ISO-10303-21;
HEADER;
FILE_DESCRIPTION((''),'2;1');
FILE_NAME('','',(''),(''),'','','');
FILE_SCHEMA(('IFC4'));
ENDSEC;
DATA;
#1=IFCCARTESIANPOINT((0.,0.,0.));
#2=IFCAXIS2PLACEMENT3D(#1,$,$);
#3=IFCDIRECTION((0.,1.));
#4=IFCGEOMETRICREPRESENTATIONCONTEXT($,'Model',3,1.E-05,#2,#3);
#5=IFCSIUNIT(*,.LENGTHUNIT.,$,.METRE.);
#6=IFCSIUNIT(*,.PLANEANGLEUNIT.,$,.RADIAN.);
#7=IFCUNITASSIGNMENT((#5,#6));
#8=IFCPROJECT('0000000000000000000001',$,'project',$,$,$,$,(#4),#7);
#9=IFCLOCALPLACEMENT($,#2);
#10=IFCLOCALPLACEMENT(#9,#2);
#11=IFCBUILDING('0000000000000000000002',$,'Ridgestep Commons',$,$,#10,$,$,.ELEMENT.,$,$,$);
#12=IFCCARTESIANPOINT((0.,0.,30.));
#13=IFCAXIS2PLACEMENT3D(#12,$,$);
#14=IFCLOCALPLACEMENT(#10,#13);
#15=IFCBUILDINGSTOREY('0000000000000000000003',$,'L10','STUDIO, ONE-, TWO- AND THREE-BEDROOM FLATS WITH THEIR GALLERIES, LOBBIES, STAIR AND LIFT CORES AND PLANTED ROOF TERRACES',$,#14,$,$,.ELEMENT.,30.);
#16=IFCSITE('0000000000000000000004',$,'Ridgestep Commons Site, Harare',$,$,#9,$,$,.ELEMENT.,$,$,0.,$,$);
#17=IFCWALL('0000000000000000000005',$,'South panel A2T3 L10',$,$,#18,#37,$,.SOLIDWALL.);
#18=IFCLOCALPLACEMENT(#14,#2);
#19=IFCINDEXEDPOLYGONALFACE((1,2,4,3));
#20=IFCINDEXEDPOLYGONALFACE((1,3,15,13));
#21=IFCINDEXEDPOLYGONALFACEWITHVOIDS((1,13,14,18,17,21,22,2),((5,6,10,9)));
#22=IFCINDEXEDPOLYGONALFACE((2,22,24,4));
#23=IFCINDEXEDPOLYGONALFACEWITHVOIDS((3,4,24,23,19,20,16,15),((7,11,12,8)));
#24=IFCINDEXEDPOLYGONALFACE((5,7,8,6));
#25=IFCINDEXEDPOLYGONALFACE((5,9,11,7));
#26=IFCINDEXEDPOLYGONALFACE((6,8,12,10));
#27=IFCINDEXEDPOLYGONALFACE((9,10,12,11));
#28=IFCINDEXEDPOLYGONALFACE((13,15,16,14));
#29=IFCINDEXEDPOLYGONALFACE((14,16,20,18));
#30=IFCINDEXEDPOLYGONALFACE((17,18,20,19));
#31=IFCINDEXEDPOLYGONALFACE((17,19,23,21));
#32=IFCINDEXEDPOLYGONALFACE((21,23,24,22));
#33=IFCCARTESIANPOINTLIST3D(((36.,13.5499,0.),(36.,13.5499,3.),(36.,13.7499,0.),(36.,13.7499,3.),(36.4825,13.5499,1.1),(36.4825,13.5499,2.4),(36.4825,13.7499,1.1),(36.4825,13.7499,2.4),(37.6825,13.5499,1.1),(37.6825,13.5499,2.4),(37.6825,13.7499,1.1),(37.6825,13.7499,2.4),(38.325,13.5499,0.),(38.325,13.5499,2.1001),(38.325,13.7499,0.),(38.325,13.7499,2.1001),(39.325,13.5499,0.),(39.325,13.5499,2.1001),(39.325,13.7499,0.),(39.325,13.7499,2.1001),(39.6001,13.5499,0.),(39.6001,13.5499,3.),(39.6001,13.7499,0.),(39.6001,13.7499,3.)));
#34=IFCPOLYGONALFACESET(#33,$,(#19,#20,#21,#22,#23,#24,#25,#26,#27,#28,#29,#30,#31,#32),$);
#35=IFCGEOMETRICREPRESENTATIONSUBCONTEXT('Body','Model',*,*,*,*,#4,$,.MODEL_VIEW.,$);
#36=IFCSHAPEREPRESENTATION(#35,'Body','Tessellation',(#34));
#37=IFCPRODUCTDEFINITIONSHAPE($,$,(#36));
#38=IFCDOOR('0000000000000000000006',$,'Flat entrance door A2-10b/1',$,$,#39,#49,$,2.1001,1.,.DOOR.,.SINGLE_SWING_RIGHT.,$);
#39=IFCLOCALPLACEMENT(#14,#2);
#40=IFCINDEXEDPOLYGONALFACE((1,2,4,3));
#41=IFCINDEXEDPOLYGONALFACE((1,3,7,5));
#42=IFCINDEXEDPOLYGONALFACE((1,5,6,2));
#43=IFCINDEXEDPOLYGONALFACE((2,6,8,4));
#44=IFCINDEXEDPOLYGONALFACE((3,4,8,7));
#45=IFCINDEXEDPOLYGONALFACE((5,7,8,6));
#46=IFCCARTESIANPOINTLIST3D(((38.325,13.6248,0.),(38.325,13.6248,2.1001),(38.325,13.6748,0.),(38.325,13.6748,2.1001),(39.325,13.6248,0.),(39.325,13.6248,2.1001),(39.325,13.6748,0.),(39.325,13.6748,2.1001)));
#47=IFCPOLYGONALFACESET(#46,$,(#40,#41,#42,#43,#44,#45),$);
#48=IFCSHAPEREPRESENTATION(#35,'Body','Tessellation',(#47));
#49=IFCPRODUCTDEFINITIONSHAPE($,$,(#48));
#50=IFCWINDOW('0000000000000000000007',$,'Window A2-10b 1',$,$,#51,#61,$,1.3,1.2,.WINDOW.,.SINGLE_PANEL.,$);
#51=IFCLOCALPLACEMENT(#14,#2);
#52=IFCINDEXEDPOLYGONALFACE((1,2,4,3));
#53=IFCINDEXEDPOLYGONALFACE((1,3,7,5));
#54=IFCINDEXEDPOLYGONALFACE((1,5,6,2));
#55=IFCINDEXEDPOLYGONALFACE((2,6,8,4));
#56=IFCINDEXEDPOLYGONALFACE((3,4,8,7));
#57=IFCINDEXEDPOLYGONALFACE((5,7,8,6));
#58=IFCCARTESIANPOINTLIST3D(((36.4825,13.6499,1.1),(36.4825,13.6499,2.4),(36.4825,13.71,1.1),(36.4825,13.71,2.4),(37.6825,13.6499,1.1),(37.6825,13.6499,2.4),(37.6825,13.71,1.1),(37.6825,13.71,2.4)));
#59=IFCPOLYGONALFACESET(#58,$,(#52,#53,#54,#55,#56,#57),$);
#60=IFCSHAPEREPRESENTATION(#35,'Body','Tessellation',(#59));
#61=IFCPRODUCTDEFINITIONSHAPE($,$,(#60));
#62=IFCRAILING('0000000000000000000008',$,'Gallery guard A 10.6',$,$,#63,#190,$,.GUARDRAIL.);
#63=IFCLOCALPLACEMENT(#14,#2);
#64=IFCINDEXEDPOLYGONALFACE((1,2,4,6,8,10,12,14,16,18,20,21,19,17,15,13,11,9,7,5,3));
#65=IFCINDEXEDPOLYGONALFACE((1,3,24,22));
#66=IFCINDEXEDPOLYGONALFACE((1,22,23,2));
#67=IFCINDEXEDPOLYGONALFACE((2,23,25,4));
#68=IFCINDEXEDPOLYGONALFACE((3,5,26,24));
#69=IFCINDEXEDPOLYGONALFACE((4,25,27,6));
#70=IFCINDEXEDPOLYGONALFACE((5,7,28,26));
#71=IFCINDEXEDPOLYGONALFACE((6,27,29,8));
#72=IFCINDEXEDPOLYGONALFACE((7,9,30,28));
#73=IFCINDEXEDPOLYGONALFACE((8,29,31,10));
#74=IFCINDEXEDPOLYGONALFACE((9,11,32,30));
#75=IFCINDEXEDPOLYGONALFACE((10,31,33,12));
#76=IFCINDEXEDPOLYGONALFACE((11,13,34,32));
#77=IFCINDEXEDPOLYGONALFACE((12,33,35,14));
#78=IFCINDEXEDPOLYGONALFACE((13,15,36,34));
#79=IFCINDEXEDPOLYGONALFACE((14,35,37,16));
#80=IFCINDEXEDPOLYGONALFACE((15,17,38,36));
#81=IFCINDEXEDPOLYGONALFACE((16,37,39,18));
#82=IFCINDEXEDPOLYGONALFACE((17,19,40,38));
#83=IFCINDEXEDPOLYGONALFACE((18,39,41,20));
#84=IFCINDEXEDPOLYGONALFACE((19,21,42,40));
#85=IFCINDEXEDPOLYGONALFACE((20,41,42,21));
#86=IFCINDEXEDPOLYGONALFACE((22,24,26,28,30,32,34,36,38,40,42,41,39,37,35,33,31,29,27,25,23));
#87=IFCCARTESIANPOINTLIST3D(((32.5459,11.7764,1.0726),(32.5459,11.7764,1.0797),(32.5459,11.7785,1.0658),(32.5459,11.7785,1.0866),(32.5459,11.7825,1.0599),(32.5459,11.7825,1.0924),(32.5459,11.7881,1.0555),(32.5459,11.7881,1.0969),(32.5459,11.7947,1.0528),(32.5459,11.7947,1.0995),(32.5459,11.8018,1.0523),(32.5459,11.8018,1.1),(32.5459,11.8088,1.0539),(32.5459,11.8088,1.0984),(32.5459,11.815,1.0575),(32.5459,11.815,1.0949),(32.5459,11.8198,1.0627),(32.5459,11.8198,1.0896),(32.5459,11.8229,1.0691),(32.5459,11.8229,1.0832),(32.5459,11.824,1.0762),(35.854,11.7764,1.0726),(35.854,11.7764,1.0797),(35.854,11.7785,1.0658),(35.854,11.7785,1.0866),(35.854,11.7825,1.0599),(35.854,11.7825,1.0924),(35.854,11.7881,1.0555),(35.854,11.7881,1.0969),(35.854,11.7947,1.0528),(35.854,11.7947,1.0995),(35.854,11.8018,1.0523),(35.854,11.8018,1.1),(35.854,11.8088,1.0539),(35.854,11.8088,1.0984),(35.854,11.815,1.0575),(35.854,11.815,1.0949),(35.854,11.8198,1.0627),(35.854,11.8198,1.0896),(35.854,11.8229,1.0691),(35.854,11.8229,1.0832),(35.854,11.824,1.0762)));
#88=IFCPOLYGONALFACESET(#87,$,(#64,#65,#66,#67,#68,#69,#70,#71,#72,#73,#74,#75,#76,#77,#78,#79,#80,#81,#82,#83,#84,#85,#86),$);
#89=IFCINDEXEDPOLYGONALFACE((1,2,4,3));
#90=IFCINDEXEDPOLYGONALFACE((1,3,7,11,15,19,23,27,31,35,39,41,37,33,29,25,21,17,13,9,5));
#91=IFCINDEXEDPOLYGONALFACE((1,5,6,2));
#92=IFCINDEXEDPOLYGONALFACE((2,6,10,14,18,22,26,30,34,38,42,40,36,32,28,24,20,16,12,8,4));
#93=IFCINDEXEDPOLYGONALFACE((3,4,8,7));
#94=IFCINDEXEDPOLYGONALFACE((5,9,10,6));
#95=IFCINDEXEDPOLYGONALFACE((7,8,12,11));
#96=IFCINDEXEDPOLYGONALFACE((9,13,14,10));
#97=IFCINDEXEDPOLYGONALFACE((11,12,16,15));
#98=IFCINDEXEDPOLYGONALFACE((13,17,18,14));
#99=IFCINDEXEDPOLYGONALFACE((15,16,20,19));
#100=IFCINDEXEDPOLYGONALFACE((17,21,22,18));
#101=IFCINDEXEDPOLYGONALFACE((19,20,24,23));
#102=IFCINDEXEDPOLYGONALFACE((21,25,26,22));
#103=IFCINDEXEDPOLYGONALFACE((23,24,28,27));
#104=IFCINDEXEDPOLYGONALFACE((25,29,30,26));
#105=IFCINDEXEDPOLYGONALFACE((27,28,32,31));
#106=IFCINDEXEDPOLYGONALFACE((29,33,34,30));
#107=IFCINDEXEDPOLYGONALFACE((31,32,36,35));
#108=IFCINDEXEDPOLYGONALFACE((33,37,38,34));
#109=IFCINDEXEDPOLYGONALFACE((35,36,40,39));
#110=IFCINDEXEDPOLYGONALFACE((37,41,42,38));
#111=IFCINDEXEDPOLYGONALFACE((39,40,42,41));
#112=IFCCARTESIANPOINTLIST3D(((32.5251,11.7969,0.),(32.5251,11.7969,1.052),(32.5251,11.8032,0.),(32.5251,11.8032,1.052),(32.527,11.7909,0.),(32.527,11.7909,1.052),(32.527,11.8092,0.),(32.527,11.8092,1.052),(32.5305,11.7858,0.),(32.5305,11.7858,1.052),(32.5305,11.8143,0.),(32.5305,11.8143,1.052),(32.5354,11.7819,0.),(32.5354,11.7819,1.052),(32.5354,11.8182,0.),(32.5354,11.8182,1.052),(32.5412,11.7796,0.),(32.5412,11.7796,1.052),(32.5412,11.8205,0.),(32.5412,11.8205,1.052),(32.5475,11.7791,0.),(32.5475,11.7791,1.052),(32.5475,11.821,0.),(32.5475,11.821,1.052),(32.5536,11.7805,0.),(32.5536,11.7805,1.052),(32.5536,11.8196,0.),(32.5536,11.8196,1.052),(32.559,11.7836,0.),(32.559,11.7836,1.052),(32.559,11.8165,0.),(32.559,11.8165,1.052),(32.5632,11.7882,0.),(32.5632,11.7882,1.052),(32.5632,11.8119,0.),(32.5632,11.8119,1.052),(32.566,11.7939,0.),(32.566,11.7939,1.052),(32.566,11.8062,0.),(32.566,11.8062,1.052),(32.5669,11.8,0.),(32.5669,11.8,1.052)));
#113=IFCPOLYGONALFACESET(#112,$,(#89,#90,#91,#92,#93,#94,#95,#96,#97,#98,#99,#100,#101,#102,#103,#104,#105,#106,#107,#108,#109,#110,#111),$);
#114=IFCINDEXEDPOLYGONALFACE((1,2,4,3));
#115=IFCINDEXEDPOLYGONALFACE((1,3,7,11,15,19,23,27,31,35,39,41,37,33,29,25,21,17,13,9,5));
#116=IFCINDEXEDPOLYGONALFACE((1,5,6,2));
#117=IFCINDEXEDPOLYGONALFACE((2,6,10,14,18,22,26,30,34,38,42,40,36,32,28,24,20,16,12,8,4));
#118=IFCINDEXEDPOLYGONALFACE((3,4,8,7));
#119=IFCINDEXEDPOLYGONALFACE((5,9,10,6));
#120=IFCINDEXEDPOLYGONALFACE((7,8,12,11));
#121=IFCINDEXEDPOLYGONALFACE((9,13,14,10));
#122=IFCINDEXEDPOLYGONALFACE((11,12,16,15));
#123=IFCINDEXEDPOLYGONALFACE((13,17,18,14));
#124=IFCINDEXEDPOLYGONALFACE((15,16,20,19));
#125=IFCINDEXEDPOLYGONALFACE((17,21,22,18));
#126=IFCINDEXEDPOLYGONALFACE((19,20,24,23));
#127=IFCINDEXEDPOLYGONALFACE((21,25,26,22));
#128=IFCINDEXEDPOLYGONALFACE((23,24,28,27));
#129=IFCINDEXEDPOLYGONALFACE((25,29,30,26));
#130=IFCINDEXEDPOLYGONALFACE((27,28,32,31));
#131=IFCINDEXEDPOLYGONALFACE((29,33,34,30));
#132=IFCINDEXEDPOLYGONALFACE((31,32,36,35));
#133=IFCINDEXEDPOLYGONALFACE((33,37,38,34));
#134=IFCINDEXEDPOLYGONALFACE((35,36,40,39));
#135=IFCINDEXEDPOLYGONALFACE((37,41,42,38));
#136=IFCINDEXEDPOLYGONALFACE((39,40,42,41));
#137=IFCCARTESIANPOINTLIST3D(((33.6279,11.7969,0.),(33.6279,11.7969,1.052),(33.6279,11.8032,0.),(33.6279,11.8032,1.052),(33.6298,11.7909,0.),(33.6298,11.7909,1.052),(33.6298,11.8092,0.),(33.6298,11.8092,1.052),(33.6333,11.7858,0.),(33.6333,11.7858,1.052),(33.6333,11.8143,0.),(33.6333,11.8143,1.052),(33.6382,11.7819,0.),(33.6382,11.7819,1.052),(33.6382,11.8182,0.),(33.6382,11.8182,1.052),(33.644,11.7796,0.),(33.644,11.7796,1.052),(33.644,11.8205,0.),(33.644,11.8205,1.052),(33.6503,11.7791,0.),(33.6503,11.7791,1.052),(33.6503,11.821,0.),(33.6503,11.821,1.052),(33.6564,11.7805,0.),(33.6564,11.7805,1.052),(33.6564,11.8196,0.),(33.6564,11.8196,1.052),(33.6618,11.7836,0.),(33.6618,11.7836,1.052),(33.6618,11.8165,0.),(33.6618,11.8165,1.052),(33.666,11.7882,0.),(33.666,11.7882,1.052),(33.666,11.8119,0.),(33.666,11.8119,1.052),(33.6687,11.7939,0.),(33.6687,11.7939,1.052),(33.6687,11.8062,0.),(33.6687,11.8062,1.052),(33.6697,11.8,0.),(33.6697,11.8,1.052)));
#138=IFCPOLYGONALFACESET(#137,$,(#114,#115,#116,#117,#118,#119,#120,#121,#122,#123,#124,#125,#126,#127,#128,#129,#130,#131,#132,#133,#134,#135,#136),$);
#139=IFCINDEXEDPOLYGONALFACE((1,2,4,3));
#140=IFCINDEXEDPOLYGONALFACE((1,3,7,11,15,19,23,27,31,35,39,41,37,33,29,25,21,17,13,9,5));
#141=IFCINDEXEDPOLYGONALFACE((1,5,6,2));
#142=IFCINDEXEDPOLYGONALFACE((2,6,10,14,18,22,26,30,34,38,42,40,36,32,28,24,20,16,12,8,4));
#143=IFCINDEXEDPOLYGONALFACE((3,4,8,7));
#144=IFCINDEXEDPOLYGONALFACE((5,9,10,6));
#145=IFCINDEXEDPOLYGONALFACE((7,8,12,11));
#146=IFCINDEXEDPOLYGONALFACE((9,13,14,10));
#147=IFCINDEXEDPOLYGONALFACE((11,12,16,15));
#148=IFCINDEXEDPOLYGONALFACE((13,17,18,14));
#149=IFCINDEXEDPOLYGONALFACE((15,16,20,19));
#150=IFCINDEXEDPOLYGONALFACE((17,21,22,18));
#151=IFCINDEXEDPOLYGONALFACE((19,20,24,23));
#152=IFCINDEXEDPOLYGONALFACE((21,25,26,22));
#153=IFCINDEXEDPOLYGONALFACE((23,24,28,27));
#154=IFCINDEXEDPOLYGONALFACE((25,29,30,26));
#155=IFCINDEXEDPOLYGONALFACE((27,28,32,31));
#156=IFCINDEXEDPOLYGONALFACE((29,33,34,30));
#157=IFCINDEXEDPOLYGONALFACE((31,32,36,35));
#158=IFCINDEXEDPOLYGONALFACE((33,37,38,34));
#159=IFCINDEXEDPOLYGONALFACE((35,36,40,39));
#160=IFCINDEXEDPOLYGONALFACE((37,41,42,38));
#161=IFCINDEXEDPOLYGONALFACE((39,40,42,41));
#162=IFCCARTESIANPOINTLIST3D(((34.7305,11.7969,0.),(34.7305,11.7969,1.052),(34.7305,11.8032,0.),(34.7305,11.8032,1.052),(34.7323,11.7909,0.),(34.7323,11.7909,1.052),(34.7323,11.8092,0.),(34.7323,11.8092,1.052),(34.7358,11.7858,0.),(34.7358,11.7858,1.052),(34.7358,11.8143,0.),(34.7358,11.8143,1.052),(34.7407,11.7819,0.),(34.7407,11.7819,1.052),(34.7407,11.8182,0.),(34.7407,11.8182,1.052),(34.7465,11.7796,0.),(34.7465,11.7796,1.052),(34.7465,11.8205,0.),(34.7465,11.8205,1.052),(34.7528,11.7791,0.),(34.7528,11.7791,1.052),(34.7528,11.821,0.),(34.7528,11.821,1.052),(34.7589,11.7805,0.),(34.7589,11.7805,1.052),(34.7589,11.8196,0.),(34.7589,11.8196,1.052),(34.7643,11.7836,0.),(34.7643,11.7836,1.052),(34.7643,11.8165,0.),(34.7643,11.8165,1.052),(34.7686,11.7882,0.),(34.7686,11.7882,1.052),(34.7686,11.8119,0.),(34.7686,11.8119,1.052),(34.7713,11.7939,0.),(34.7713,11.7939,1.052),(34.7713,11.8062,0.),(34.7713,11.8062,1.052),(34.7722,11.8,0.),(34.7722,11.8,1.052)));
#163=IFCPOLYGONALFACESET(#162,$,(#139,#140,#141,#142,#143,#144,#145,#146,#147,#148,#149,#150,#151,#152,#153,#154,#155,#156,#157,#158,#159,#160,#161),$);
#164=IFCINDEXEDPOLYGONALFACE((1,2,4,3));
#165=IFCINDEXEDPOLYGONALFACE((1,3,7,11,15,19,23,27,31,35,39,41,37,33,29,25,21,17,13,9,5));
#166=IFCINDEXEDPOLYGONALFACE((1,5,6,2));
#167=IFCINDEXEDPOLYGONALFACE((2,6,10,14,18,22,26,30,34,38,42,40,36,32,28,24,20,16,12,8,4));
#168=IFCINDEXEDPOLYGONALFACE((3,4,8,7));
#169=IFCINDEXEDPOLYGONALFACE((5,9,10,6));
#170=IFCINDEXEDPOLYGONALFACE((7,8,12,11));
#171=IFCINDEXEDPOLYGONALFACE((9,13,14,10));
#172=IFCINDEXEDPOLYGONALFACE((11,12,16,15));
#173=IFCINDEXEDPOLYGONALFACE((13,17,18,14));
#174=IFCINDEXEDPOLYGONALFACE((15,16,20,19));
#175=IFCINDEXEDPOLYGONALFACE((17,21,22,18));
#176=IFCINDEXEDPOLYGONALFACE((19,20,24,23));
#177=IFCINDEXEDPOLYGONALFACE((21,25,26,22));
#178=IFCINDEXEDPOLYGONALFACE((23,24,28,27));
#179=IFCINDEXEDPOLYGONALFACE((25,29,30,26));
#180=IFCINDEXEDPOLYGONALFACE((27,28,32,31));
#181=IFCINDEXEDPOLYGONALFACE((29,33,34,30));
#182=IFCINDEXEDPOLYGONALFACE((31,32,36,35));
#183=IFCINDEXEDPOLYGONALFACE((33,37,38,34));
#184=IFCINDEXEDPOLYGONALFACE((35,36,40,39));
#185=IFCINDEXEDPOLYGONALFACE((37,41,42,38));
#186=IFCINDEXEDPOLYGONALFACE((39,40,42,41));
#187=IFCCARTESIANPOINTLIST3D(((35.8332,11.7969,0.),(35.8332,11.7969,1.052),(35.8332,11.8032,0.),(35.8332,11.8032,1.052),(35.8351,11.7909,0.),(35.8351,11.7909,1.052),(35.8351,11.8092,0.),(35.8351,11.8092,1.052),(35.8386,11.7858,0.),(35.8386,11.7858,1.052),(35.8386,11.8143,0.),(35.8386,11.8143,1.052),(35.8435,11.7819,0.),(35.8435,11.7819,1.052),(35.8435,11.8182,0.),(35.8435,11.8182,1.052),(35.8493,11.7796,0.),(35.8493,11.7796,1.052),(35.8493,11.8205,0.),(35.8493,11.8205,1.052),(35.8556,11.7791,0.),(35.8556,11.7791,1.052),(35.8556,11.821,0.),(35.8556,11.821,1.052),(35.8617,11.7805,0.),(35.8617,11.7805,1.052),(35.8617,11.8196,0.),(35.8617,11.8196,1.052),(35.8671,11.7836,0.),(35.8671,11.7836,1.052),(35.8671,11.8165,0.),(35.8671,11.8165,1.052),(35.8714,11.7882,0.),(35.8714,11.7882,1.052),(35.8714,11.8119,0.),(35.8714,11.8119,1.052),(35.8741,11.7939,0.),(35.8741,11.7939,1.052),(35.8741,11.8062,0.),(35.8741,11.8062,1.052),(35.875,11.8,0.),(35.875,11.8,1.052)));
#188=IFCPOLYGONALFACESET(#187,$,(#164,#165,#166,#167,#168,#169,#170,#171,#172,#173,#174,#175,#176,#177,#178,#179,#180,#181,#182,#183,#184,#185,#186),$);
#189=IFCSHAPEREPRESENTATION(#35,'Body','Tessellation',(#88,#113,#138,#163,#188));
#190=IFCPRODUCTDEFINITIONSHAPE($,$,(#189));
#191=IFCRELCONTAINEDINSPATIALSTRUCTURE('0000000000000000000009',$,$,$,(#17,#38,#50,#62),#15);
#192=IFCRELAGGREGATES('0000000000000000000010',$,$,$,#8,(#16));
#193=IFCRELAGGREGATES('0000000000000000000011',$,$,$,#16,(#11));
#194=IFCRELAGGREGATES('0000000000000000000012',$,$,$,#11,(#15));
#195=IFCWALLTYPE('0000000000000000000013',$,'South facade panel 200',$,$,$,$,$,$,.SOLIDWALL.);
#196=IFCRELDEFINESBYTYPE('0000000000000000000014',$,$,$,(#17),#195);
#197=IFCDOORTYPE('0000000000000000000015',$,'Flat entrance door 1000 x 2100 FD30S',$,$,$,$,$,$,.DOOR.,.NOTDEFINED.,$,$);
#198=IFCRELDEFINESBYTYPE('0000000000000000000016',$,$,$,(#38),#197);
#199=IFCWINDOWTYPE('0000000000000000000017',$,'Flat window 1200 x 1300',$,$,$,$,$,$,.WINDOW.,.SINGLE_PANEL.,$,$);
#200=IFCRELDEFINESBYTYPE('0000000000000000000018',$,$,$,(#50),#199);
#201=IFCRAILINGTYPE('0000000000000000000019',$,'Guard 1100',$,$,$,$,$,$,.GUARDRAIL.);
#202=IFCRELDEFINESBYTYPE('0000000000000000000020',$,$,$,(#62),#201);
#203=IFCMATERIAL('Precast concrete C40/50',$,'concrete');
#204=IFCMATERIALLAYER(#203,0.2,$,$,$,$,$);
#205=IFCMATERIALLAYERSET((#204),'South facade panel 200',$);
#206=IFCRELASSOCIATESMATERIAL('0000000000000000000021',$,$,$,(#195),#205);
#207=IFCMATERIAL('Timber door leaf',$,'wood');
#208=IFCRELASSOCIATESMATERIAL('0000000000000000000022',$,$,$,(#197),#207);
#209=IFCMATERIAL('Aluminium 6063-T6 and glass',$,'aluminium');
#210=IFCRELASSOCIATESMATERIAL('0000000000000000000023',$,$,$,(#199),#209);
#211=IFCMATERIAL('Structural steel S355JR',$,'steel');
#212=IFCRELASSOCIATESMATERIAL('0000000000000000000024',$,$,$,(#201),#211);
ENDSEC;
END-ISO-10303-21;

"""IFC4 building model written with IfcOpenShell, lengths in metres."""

from ifc_helpers import new_model, si_unit, direction, frame, frame_2d, origin, origin_2d, place, context, subcontext, project, spatial, rectangle, circle, extrude, material, layer, layer_set, type_object, element, fill, save


model = new_model("IFC4")

# Units and contexts
model_context = context("Model", 3, precision=1e-05, world=origin(), true_north=direction((0.0, 1.0)))
body_context = subcontext(model_context, "Body", "Model", "MODEL_VIEW")
ifc_project = project(units=[si_unit("LENGTHUNIT", "METRE"), si_unit("PLANEANGLEUNIT", "RADIAN")], contexts=[model_context])

# Site, building, storey
site_placement = place(None, origin())
site = spatial("IfcSite", under=ifc_project, at=site_placement, Name="Ridgestep Commons Site, Harare", CompositionType="ELEMENT", RefElevation=0.0)
building_placement = place(site_placement, origin())
building = spatial("IfcBuilding", under=site, at=building_placement, Name="Ridgestep Commons", CompositionType="ELEMENT")
storey_placement = place(building_placement, frame((0.0, 0.0, 30.0)))
storey = spatial("IfcBuildingStorey", under=building, at=storey_placement, Name="L10", Description="STUDIO, ONE-, TWO- AND THREE-BEDROOM FLATS WITH THEIR GALLERIES, LOBBIES, STAIR AND LIFT CORES AND PLANTED ROOF TERRACES", CompositionType="ELEMENT", Elevation=30.0)

# Wall, openings, door, window
ifc_material_1 = material(Name="Precast concrete C40/50", Category="concrete")
ifc_layer_1 = layer(ifc_material_1, 0.2)
ifc_layer_set_1 = layer_set([ifc_layer_1], Name="South facade panel 200")
wall_type_1 = type_object("IfcWallType", Name="South facade panel 200", PredefinedType="SOLIDWALL", material=ifc_layer_set_1)
ifc_material_2 = material(Name="Timber door leaf", Category="wood")
door_type_1 = type_object("IfcDoorType", Name="Flat entrance door 1000 x 2100 FD30S", OperationType="NOTDEFINED", PredefinedType="DOOR", material=ifc_material_2)
ifc_material_3 = material(Name="Aluminium 6063-T6 and glass", Category="aluminium")
window_type_1 = type_object("IfcWindowType", Name="Flat window 1200 x 1300", PartitioningType="SINGLE_PANEL", PredefinedType="WINDOW", material=ifc_material_3)
wall_1_placement = place(storey_placement, frame((36.0, 13.6499, 0.0), z_axis=(0.0, 0.0, 1.0), x_axis=(1.0, 0.0, 0.0)))
wall_1 = element("IfcWall", 1, at=wall_1_placement, inside=storey, type_object=wall_type_1, Name="South panel A2T3 L10", PredefinedType="SOLIDWALL", context=body_context, shape_type="SweptSolid", body=[
    extrude(rectangle(XDim=3.6001, YDim=0.2, at=frame_2d((1.8, 0.0))), origin(), (0.0, 0.0, 1.0), 3.0),
])
opening_1_placement = place(wall_1_placement, frame((0.4824, 0.0, 1.1001)))
opening_1 = element("IfcOpeningElement", 2, at=opening_1_placement, cuts=wall_1, PredefinedType="OPENING", context=body_context, shape_type="SweptSolid", body=[
    extrude(rectangle(XDim=1.2, YDim=1.3, at=frame_2d((0.6001, 0.6499))), frame((0.0, 0.1099, 0.0), z_axis=(0.0, -1.0, 0.0), x_axis=(1.0, 0.0, 0.0)), (0.0, 0.0, 1.0), 0.22),
])
opening_2_placement = place(wall_1_placement, frame((2.325, 0.0, 0.0)))
opening_2 = element("IfcOpeningElement", 3, at=opening_2_placement, cuts=wall_1, PredefinedType="OPENING", context=body_context, shape_type="SweptSolid", body=[
    extrude(rectangle(XDim=1.0, YDim=2.1001, at=frame_2d((0.5, 1.05))), frame((0.0, 0.1099, 0.0), z_axis=(0.0, -1.0, 0.0), x_axis=(1.0, 0.0, 0.0)), (0.0, 0.0, 1.0), 0.22),
])
door_1_placement = place(opening_2_placement, origin())
door_1 = element("IfcDoor", 4, at=door_1_placement, inside=storey, type_object=door_type_1, Name="Flat entrance door A2-10b/1", OperationType="SINGLE_SWING_RIGHT", OverallHeight=2.1001, OverallWidth=1.0, PredefinedType="DOOR", context=body_context, shape_type="SweptSolid", body=[
    extrude(rectangle(XDim=1.0, YDim=2.1001, at=frame_2d((0.5, 1.05))), frame((0.0, 0.0249, 0.0), z_axis=(0.0, -1.0, 0.0), x_axis=(1.0, 0.0, 0.0)), (0.0, 0.0, 1.0), 0.05),
])
fill(opening_2, door_1)
window_1_placement = place(opening_1_placement, origin())
window_1 = element("IfcWindow", 5, at=window_1_placement, inside=storey, type_object=window_type_1, Name="Window A2-10b 1", OverallHeight=1.3, OverallWidth=1.2, PartitioningType="SINGLE_PANEL", PredefinedType="WINDOW", context=body_context, shape_type="SweptSolid", body=[
    extrude(rectangle(XDim=1.2, YDim=1.3, at=frame_2d((0.6001, 0.6499))), frame((0.0, 0.0601, 0.0), z_axis=(0.0, -1.0, 0.0), x_axis=(1.0, 0.0, 0.0)), (0.0, 0.0, 1.0), 0.0601),
])
fill(opening_1, window_1)

# Railing
ifc_material_4 = material(Name="Structural steel S355JR", Category="steel")
railing_type = type_object("IfcRailingType", Name="Guard 1100", PredefinedType="GUARDRAIL", material=ifc_material_4)
for number, where, name in (
    (6, (32.5459, 11.8, 0.0), "Gallery guard A 10.6"),
):
    element("IfcRailing", number, at=place(storey_placement, frame(where)), inside=storey, type_object=railing_type, Name=name, PredefinedType="GUARDRAIL", context=body_context, shape_type="SweptSolid", body=[
        extrude(circle(Radius=0.0239, at=origin_2d()), frame((0.0, 0.0, 1.0762), z_axis=(1.0, 0.0, 0.0), x_axis=(0.0, 1.0, 0.0)), (0.0, 0.0, 1.0), 3.3081),
        extrude(circle(Radius=0.021, at=origin_2d()), origin(), (0.0, 0.0, 1.0), 1.052),
        extrude(circle(Radius=0.021, at=origin_2d()), frame((1.1028, 0.0, 0.0)), (0.0, 0.0, 1.0), 1.052),
        extrude(circle(Radius=0.021, at=origin_2d()), frame((2.2053, 0.0, 0.0)), (0.0, 0.0, 1.0), 1.052),
        extrude(circle(Radius=0.021, at=origin_2d()), frame((3.3081, 0.0, 0.0)), (0.0, 0.0, 1.0), 1.052),
    ])

save(model, "model.ifc")
